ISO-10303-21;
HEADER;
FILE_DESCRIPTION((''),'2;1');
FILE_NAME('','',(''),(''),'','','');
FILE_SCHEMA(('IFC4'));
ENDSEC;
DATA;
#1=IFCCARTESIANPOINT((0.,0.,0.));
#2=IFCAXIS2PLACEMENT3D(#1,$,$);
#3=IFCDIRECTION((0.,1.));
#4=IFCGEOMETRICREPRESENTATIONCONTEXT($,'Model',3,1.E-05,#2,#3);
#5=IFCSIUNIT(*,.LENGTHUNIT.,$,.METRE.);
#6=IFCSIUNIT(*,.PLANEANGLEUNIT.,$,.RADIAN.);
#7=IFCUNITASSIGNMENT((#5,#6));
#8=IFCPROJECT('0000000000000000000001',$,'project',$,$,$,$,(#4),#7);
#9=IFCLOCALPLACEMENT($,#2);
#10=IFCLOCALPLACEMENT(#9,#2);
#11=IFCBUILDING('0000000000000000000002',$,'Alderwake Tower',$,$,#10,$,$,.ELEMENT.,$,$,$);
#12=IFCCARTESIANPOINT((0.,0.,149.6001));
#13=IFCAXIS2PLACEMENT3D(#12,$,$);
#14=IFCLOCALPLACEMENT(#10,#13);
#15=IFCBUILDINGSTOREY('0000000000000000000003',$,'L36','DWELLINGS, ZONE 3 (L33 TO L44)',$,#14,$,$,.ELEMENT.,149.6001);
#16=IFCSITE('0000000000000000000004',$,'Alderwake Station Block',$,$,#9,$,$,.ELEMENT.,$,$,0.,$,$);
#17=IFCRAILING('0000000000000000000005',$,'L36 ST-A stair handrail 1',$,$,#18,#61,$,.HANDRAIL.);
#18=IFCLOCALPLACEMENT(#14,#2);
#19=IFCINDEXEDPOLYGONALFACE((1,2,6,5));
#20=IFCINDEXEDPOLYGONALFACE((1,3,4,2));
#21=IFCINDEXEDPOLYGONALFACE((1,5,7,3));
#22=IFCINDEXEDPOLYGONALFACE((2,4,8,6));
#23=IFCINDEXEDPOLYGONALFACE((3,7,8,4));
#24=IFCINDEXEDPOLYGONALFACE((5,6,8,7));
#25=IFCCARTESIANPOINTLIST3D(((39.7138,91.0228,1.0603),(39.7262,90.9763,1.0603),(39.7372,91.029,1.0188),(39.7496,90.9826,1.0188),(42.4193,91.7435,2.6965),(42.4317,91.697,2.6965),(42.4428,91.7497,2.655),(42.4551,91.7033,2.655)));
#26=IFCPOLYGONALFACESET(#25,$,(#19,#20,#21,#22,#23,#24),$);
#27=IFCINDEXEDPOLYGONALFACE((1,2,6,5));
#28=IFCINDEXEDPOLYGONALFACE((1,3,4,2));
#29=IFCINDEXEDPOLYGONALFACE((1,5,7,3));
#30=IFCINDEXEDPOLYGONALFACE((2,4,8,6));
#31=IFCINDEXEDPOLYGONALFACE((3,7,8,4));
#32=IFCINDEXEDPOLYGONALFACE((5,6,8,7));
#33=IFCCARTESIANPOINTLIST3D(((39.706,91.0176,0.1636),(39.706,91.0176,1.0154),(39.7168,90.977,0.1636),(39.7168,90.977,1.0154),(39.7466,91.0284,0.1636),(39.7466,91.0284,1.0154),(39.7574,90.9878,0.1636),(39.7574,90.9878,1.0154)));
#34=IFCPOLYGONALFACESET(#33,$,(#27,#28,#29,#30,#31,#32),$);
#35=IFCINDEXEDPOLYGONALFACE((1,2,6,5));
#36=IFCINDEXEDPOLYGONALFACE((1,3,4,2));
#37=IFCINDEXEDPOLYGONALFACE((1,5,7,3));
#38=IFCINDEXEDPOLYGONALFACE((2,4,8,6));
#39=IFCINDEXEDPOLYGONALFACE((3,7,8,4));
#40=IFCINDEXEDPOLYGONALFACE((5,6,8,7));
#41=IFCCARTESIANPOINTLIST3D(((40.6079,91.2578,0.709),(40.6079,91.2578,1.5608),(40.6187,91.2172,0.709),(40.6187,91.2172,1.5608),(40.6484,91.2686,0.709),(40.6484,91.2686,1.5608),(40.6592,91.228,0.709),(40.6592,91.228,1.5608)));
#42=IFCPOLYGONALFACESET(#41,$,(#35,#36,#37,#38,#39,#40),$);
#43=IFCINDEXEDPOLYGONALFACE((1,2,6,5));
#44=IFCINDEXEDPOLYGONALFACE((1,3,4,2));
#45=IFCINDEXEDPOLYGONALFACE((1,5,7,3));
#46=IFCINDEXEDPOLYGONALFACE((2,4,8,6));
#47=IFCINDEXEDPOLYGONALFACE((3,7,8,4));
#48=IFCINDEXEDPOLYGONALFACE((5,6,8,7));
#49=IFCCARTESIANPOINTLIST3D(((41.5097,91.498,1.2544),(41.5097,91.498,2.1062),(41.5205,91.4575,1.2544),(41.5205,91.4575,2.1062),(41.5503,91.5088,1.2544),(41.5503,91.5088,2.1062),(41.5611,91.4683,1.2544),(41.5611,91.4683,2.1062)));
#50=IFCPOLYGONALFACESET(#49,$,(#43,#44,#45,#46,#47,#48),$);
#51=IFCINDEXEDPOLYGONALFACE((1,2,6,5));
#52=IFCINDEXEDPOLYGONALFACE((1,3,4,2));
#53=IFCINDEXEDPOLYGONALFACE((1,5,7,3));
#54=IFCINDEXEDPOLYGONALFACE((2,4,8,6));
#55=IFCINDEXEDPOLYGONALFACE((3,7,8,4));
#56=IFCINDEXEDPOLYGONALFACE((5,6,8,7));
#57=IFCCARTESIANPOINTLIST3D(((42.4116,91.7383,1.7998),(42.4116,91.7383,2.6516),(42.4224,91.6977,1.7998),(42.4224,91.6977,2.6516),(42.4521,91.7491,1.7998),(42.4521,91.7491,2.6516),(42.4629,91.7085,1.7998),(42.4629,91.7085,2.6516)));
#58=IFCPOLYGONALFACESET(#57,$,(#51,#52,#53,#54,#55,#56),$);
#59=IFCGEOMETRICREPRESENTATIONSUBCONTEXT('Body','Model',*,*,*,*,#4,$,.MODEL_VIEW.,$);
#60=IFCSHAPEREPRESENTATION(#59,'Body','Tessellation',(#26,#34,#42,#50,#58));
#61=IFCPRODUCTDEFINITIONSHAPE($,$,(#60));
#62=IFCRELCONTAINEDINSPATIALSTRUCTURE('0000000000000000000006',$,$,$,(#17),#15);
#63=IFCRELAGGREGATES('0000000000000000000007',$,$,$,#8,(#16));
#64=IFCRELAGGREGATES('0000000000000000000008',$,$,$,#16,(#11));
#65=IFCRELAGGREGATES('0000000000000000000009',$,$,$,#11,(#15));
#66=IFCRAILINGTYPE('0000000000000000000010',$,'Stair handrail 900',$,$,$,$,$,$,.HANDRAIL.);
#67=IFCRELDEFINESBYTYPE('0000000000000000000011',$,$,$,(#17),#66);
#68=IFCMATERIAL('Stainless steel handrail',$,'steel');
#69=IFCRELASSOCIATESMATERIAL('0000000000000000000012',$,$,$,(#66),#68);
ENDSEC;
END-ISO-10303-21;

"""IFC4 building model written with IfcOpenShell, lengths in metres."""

from ifc_helpers import new_model, si_unit, direction, frame, origin, origin_2d, place, context, subcontext, project, spatial, rectangle, extrude, material, type_object, element, save


model = new_model("IFC4")

# Units and contexts
model_context = context("Model", 3, precision=1e-05, world=origin(), true_north=direction((0.0, 1.0)))
body_context = subcontext(model_context, "Body", "Model", "MODEL_VIEW")
ifc_project = project(units=[si_unit("LENGTHUNIT", "METRE"), si_unit("PLANEANGLEUNIT", "RADIAN")], contexts=[model_context])

# Site, building, storey
site_placement = place(None, origin())
site = spatial("IfcSite", under=ifc_project, at=site_placement, Name="Alderwake Station Block", CompositionType="ELEMENT", RefElevation=0.0)
building_placement = place(site_placement, origin())
building = spatial("IfcBuilding", under=site, at=building_placement, Name="Alderwake Tower", CompositionType="ELEMENT")
storey_placement = place(building_placement, frame((0.0, 0.0, 149.6001)))
storey = spatial("IfcBuildingStorey", under=building, at=storey_placement, Name="L36", Description="DWELLINGS, ZONE 3 (L33 TO L44)", CompositionType="ELEMENT", Elevation=149.6001)

# Railing
ifc_material_1 = material(Name="Stainless steel handrail", Category="steel")
railing_type = type_object("IfcRailingType", Name="Stair handrail 900", PredefinedType="HANDRAIL", material=ifc_material_1)
railing_placement = place(storey_placement, frame((39.7317, 91.0027, 0.1636)))
element("IfcRailing", 1, at=railing_placement, inside=storey, type_object=railing_type, Name="L36 ST-A stair handrail 1", PredefinedType="HANDRAIL", context=body_context, shape_type="SweptSolid", body=[
    extrude(rectangle(XDim=0.0481, YDim=0.0481, at=origin_2d()), frame((0.0, 0.0, 0.876), z_axis=(0.834291, 0.222237, 0.504549), x_axis=(-0.257402, 0.966304, 0.0)), (0.0, 0.0, 1.0), 3.2429),
    extrude(rectangle(XDim=0.042, YDim=0.042, at=origin_2d()), frame((0.0, 0.0, 0.0), z_axis=(0.0, 0.0, 1.0), x_axis=(0.966304, 0.257402, 0.0)), (0.0, 0.0, 1.0), 0.8518),
    extrude(rectangle(XDim=0.042, YDim=0.042, at=origin_2d()), frame((0.9019, 0.2402, 0.5454), z_axis=(0.0, 0.0, 1.0), x_axis=(0.966304, 0.257402, 0.0)), (0.0, 0.0, 1.0), 0.8518),
    extrude(rectangle(XDim=0.042, YDim=0.042, at=origin_2d()), frame((1.8037, 0.4805, 1.0908), z_axis=(0.0, 0.0, 1.0), x_axis=(0.966304, 0.257402, 0.0)), (0.0, 0.0, 1.0), 0.8518),
    extrude(rectangle(XDim=0.042, YDim=0.042, at=origin_2d()), frame((2.7056, 0.7207, 1.6362), z_axis=(0.0, 0.0, 1.0), x_axis=(0.966304, 0.257402, 0.0)), (0.0, 0.0, 1.0), 0.8518),
])

save(model, "model.ifc")
